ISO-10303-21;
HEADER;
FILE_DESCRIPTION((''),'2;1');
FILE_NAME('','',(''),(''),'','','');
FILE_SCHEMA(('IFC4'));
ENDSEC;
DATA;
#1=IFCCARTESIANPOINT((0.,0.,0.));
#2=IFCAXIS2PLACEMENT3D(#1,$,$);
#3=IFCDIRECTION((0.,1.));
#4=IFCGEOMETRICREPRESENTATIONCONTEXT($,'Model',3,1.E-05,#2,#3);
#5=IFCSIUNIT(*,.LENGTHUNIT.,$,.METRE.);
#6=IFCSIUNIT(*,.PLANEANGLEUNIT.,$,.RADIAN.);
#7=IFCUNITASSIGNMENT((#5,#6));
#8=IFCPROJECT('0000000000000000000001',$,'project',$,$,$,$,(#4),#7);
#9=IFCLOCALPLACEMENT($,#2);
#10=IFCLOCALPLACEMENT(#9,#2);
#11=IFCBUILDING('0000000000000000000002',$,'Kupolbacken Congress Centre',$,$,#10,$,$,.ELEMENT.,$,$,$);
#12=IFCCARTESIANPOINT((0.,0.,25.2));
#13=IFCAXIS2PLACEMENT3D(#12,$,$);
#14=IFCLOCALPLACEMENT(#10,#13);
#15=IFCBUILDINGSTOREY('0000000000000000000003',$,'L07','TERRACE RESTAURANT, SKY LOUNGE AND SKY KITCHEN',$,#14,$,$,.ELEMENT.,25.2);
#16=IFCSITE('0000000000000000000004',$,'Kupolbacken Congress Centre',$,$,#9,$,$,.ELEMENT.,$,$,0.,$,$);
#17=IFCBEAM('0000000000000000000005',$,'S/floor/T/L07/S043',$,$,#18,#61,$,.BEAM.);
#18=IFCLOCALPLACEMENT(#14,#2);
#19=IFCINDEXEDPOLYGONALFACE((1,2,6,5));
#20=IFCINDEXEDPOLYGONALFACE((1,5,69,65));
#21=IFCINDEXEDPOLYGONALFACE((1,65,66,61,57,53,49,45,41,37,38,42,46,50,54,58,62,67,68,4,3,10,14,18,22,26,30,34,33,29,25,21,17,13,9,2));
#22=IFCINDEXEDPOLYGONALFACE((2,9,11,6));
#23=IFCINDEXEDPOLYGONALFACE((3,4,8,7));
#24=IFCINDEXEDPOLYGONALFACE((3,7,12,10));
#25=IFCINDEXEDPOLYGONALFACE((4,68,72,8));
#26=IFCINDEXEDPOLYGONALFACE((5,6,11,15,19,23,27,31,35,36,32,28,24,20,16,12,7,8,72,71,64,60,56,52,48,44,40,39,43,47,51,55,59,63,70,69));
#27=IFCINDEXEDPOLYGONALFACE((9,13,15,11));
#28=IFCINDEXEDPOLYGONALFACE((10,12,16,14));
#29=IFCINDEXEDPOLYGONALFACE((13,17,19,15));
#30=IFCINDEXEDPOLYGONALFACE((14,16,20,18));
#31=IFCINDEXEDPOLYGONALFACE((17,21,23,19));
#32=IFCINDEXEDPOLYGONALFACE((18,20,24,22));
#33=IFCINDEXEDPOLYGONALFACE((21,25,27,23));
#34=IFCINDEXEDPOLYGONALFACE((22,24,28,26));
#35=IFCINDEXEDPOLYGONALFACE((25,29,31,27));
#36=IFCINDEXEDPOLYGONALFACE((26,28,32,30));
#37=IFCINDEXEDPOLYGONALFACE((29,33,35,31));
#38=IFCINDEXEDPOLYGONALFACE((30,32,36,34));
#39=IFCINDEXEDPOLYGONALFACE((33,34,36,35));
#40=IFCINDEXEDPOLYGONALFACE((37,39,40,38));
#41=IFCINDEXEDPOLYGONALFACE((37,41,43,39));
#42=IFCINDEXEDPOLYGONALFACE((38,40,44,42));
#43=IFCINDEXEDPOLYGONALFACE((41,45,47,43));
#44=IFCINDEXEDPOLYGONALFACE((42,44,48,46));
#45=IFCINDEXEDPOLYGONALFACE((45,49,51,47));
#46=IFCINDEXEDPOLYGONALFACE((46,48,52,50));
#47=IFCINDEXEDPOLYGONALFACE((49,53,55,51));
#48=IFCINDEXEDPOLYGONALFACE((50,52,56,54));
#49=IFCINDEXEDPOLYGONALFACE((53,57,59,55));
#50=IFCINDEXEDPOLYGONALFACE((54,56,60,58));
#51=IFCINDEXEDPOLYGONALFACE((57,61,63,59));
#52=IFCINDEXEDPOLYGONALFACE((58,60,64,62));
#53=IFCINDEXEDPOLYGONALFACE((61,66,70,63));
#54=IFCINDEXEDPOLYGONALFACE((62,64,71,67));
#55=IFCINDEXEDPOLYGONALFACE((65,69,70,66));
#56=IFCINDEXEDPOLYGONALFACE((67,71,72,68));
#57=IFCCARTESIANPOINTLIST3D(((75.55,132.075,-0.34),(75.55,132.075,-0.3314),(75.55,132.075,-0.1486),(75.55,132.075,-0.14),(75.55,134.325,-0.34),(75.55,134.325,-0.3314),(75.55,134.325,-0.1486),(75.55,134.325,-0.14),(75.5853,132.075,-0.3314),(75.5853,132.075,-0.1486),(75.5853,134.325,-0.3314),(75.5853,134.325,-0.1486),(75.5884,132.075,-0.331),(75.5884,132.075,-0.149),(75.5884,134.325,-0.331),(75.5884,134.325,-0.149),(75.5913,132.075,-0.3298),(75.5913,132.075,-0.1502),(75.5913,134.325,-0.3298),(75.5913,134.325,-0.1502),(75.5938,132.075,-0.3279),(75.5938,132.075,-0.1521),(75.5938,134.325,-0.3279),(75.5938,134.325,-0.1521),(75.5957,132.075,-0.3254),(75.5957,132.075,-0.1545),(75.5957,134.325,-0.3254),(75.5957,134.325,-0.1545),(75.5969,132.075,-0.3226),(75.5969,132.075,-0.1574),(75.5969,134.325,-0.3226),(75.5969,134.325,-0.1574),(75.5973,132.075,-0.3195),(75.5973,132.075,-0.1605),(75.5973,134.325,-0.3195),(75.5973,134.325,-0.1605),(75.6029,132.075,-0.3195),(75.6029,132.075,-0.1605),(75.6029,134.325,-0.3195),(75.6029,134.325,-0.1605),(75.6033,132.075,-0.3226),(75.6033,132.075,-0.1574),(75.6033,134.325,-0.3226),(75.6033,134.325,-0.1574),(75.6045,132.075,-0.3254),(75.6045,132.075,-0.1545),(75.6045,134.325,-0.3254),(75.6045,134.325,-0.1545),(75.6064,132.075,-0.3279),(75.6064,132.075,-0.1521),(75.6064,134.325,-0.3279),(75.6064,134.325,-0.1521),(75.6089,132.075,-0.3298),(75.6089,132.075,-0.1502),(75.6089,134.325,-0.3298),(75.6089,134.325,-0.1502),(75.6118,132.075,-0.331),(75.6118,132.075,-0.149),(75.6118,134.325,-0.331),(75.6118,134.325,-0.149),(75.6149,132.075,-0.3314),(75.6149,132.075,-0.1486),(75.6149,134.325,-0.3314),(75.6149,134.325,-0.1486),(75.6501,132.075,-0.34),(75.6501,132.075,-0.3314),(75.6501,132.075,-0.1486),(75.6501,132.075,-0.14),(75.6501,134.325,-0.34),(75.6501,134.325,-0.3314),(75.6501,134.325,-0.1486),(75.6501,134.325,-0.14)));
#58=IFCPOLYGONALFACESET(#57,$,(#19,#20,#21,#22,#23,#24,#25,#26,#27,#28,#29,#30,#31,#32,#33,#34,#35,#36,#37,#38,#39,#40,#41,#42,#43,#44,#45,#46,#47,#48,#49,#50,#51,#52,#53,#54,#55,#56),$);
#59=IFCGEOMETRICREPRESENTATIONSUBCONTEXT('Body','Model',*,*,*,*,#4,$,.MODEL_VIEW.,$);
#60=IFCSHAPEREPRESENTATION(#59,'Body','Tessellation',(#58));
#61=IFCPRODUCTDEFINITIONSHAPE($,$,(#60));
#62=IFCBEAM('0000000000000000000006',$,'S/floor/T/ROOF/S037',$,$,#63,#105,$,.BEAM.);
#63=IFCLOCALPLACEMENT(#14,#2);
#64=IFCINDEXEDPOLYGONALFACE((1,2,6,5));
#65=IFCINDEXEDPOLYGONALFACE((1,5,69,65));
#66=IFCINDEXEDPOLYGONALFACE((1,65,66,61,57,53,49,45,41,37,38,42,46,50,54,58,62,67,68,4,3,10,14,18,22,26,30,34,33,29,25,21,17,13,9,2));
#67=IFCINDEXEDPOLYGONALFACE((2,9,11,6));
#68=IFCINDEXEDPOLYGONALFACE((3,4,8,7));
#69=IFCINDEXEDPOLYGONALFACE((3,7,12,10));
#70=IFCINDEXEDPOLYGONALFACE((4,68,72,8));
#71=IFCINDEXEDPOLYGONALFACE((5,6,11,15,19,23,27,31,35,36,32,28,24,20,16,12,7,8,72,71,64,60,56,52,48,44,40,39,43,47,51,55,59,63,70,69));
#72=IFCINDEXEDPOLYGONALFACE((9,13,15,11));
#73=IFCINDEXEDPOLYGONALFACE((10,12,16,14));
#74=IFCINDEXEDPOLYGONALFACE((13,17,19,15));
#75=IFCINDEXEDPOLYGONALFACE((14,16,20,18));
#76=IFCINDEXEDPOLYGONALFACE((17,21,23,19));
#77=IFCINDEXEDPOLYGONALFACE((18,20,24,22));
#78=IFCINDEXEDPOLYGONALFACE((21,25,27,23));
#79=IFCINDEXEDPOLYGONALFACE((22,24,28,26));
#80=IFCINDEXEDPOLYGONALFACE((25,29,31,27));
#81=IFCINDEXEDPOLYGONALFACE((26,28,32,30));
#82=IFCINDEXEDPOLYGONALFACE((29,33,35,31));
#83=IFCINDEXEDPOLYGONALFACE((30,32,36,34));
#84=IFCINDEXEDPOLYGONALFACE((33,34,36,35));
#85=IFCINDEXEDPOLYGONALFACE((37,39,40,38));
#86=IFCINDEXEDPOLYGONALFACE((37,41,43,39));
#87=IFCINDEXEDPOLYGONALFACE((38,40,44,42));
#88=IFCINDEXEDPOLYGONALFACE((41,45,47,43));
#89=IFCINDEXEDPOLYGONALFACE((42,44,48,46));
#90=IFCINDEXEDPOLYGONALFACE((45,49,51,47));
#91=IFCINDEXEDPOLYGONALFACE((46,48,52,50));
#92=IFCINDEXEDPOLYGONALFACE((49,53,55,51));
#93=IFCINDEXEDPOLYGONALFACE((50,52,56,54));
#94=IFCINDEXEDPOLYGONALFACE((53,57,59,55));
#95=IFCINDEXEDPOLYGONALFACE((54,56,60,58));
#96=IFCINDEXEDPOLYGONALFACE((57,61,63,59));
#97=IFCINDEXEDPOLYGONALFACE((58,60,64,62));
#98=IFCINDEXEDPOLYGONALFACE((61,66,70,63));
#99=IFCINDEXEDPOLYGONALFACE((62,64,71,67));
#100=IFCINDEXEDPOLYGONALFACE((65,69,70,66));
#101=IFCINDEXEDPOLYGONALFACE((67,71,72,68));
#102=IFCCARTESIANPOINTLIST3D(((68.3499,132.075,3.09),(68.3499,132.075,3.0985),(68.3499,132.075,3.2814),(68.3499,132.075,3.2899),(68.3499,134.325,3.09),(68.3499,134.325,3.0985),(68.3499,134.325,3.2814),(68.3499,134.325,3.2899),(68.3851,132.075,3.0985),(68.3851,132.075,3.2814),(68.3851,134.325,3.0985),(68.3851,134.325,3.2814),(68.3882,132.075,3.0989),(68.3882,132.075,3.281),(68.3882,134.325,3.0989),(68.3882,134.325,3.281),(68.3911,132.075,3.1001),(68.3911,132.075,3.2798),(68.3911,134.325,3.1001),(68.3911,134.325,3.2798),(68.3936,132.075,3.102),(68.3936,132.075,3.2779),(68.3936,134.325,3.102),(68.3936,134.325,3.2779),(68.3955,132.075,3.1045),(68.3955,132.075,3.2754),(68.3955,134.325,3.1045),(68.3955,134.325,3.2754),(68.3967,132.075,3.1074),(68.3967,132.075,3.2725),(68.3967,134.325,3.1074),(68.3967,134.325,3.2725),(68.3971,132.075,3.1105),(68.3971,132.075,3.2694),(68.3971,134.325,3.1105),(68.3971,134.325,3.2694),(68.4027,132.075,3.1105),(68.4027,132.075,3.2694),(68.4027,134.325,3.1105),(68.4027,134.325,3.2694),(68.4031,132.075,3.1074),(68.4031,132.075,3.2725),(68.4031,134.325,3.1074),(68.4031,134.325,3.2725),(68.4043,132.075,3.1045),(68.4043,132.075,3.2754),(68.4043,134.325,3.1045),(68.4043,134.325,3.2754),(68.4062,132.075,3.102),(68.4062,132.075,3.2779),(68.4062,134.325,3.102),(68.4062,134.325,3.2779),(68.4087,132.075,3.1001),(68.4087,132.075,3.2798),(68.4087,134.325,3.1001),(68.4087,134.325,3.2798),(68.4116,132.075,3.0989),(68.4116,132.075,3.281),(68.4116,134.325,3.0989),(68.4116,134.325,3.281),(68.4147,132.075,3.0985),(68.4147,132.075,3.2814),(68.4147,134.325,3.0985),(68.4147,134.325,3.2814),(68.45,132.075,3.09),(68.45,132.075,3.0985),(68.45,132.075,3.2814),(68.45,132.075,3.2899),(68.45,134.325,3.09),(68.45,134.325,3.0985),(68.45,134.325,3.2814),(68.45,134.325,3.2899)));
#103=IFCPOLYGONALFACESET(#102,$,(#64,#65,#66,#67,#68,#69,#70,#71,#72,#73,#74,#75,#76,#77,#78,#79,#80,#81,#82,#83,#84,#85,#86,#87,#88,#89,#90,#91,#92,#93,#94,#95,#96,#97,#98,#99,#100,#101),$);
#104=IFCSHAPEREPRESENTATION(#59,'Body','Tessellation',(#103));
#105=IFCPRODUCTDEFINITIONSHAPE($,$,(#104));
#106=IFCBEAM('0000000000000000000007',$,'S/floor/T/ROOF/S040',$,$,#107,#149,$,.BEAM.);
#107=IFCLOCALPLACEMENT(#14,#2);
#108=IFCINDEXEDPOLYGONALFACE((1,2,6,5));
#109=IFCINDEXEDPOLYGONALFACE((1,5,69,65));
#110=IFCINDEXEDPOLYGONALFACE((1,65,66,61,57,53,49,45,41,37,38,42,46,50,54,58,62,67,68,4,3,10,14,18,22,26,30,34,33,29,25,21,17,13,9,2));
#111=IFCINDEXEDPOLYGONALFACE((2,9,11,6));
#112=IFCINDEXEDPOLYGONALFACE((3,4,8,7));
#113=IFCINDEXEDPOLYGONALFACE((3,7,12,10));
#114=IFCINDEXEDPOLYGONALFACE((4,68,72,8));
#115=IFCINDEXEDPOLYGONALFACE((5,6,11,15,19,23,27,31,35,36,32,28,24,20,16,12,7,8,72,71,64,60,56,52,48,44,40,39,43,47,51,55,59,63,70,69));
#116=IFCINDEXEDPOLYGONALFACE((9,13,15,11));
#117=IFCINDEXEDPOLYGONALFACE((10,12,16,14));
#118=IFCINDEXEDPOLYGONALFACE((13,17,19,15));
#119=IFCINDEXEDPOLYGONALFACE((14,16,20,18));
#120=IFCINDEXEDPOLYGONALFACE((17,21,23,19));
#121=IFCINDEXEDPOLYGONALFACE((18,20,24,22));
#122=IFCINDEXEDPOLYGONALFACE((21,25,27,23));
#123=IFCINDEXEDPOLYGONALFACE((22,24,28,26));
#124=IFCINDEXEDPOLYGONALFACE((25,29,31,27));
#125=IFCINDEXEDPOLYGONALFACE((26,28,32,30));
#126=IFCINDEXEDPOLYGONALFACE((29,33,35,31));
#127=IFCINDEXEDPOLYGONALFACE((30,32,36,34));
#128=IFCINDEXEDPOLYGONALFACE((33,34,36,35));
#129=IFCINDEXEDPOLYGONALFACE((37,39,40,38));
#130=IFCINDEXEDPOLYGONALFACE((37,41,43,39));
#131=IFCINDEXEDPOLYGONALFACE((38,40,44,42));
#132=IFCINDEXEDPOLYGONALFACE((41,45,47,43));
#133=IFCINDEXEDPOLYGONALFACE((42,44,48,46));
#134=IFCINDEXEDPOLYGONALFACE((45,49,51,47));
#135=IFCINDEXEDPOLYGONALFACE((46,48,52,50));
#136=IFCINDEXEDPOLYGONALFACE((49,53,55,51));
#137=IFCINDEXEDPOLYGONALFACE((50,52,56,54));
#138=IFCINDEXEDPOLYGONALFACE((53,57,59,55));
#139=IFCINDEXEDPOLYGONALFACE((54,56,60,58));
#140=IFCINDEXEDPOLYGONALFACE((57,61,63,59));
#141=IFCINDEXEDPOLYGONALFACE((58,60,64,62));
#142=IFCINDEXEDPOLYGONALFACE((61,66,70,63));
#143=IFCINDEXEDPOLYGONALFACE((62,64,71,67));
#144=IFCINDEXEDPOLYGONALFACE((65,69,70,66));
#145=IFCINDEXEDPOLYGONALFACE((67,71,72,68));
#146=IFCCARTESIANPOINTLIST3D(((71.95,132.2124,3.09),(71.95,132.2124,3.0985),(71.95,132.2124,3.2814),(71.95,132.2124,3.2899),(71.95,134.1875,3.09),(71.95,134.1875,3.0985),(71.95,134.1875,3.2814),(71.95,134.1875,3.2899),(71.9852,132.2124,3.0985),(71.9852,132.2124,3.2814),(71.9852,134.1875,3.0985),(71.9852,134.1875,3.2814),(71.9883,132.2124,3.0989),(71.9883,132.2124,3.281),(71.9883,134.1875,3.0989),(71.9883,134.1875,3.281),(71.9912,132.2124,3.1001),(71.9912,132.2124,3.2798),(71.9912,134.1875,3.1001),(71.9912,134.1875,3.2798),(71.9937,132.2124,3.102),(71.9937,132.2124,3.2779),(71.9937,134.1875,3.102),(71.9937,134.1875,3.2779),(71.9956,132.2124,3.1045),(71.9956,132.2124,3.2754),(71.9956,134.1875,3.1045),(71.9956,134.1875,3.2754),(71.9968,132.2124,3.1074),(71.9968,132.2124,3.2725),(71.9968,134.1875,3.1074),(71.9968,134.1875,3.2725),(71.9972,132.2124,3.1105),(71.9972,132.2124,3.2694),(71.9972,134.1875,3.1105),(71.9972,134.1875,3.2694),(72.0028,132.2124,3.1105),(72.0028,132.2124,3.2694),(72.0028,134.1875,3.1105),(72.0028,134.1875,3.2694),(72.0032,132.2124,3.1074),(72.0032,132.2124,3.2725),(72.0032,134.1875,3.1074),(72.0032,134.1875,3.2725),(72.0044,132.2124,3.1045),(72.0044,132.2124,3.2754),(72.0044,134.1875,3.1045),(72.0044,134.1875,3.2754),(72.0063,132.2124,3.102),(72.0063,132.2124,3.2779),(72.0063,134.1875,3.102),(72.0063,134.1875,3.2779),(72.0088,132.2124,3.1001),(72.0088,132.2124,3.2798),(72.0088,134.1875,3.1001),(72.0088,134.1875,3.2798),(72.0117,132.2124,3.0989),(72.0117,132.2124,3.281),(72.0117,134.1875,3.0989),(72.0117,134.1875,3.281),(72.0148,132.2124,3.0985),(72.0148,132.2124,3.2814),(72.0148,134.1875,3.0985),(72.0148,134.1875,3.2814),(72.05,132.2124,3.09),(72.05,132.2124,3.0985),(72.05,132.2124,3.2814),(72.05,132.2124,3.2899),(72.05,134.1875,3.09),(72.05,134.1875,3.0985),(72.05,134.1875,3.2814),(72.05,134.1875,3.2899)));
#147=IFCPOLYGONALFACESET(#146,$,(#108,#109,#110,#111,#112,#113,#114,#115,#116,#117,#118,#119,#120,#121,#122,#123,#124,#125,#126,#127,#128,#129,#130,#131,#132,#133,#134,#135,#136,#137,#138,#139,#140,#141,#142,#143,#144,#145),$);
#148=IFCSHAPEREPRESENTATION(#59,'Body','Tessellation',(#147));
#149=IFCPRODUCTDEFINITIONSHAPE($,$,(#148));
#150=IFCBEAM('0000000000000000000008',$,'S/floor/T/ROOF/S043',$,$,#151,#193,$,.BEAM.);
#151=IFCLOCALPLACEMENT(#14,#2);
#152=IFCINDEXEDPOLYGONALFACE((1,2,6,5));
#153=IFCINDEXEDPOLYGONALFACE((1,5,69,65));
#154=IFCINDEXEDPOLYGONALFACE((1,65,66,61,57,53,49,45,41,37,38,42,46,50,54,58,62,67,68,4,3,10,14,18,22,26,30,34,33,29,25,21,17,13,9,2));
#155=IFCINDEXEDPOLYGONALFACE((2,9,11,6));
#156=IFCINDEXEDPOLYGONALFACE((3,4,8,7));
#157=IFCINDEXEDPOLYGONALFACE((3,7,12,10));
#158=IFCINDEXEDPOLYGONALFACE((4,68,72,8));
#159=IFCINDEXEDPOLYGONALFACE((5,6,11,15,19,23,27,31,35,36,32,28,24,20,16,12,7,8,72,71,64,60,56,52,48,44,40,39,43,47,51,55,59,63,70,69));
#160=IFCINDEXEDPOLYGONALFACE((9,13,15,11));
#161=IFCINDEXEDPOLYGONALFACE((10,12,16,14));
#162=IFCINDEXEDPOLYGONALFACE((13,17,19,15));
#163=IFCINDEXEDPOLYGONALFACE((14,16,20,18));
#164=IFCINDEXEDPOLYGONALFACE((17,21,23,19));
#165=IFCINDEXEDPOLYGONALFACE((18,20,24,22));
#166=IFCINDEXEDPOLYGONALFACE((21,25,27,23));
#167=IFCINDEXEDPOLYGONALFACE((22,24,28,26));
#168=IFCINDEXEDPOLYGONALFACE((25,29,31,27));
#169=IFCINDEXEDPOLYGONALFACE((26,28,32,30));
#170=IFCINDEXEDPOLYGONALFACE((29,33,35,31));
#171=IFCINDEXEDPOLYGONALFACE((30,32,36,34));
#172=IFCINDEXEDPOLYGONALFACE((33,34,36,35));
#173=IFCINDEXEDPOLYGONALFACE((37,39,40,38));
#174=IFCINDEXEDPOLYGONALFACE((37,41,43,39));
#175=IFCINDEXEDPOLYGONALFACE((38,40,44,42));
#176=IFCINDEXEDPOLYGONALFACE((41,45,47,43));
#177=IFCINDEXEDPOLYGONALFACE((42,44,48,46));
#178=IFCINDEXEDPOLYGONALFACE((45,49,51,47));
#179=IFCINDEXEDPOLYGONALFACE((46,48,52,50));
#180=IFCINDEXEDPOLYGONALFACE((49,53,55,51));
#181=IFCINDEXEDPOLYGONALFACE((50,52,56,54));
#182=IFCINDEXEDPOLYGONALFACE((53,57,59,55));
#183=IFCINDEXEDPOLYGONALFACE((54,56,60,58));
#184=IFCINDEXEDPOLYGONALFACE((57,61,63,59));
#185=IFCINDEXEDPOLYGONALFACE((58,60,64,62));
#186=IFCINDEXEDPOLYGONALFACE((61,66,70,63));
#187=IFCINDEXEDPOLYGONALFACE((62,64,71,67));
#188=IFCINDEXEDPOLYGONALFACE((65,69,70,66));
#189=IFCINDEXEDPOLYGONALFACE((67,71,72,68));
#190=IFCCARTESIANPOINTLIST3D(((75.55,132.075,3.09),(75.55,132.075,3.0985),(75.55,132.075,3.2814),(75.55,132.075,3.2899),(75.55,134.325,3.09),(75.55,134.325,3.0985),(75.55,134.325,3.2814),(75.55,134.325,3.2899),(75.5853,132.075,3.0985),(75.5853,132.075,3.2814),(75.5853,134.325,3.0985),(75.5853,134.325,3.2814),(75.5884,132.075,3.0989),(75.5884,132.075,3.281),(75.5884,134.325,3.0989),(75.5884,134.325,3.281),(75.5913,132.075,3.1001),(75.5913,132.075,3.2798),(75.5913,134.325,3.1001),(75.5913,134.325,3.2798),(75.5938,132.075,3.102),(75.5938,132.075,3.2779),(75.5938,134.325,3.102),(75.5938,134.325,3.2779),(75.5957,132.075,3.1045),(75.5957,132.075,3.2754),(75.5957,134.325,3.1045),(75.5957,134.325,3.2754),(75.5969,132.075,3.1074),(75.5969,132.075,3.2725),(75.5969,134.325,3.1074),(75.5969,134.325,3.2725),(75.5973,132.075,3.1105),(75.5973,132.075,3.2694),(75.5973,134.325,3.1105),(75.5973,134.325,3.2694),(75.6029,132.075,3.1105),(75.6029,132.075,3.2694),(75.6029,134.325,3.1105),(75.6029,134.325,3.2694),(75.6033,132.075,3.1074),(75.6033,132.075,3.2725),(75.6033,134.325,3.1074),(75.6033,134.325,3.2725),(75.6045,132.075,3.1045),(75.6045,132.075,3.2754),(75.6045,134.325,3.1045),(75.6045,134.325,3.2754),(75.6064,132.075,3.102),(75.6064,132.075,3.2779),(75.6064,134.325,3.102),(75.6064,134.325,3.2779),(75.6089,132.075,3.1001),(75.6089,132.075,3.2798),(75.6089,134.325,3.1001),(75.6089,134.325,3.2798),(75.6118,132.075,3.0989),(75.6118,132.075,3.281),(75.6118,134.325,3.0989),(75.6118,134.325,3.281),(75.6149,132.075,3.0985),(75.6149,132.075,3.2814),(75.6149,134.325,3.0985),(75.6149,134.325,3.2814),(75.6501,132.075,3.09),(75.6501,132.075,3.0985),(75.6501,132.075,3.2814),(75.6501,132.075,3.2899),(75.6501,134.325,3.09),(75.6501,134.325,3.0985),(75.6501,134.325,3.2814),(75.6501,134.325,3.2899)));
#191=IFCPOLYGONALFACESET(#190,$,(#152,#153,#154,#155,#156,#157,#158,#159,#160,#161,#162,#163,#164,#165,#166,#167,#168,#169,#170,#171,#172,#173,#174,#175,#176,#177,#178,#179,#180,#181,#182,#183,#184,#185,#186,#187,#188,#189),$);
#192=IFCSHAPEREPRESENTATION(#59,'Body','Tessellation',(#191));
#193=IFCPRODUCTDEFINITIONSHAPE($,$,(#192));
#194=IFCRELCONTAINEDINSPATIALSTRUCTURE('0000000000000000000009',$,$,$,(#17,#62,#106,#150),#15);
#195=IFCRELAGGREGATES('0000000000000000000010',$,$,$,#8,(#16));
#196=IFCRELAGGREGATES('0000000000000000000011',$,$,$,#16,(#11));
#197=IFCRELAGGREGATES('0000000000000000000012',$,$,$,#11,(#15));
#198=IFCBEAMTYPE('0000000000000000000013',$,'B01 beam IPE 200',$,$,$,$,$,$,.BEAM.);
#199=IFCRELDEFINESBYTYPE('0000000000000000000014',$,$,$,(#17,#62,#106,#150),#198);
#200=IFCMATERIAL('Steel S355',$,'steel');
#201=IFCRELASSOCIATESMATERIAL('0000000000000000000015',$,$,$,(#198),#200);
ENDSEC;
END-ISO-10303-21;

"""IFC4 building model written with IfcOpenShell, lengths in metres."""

from ifc_helpers import new_model, si_unit, direction, frame, origin, origin_2d, place, context, subcontext, project, spatial, i_section, extrude, material, material_profile, profile_set, type_object, element, save


model = new_model("IFC4")

# Units and contexts
model_context = context("Model", 3, precision=1e-05, world=origin(), true_north=direction((0.0, 1.0)))
body_context = subcontext(model_context, "Body", "Model", "MODEL_VIEW")
ifc_project = project(units=[si_unit("LENGTHUNIT", "METRE"), si_unit("PLANEANGLEUNIT", "RADIAN")], contexts=[model_context])

# Site, building, storey
site_placement = place(None, origin())
site = spatial("IfcSite", under=ifc_project, at=site_placement, Name="Kupolbacken Congress Centre", CompositionType="ELEMENT", RefElevation=0.0)
building_placement = place(site_placement, origin())
building = spatial("IfcBuilding", under=site, at=building_placement, Name="Kupolbacken Congress Centre", CompositionType="ELEMENT")
storey_placement = place(building_placement, frame((0.0, 0.0, 25.2)))
storey = spatial("IfcBuildingStorey", under=building, at=storey_placement, Name="L07", Description="TERRACE RESTAURANT, SKY LOUNGE AND SKY KITCHEN", CompositionType="ELEMENT", Elevation=25.2)

# Beams
ifc_material_1 = material(Name="Steel S355", Category="steel")
ifc_material_profile_1 = material_profile(ifc_material_1, i_section(OverallWidth=0.1001, OverallDepth=0.2, WebThickness=0.0056, FlangeThickness=0.0085, FilletRadius=0.012, at=origin_2d()), Name="IPE 200")
ifc_profile_set_1 = profile_set([ifc_material_profile_1], Name="Steel S355")
beam_type_1 = type_object("IfcBeamType", Name="B01 beam IPE 200", PredefinedType="BEAM", material=ifc_profile_set_1)
for number, where, z_axis, x_axis, name in (
    (1, (75.6001, 132.075, -0.24), (0.0, 1.0, 0.0), (-1.0, 0.0, 0.0), "S/floor/T/L07/S043"),
    (2, (68.3999, 132.075, 3.1899), (0.0, 1.0, 0.0), (-1.0, 0.0, 0.0), "S/floor/T/ROOF/S037"),
):
    element("IfcBeam", number, at=place(storey_placement, frame(where, z_axis=z_axis, x_axis=x_axis)), inside=storey, type_object=beam_type_1, Name=name, PredefinedType="BEAM", context=body_context, shape_type="SweptSolid", body=[
        extrude(i_section(OverallWidth=0.1001, OverallDepth=0.2, WebThickness=0.0056, FlangeThickness=0.0085, FilletRadius=0.012, at=origin_2d()), origin(), (0.0, 0.0, 1.0), 2.25),
    ])
beam_1_placement = place(storey_placement, frame((72.0, 132.2124, 3.1899), z_axis=(0.0, 1.0, 0.0), x_axis=(-1.0, 0.0, 0.0)))
element("IfcBeam", 3, at=beam_1_placement, inside=storey, type_object=beam_type_1, Name="S/floor/T/ROOF/S040", PredefinedType="BEAM", context=body_context, shape_type="SweptSolid", body=[
    extrude(i_section(OverallWidth=0.1001, OverallDepth=0.2, WebThickness=0.0056, FlangeThickness=0.0085, FilletRadius=0.012, at=origin_2d()), origin(), (0.0, 0.0, 1.0), 1.9751),
])
beam_2_placement = place(storey_placement, frame((75.6001, 132.075, 3.1899), z_axis=(0.0, 1.0, 0.0), x_axis=(-1.0, 0.0, 0.0)))
element("IfcBeam", 4, at=beam_2_placement, inside=storey, type_object=beam_type_1, Name="S/floor/T/ROOF/S043", PredefinedType="BEAM", context=body_context, shape_type="SweptSolid", body=[
    extrude(i_section(OverallWidth=0.1001, OverallDepth=0.2, WebThickness=0.0056, FlangeThickness=0.0085, FilletRadius=0.012, at=origin_2d()), origin(), (0.0, 0.0, 1.0), 2.25),
])

save(model, "model.ifc")
